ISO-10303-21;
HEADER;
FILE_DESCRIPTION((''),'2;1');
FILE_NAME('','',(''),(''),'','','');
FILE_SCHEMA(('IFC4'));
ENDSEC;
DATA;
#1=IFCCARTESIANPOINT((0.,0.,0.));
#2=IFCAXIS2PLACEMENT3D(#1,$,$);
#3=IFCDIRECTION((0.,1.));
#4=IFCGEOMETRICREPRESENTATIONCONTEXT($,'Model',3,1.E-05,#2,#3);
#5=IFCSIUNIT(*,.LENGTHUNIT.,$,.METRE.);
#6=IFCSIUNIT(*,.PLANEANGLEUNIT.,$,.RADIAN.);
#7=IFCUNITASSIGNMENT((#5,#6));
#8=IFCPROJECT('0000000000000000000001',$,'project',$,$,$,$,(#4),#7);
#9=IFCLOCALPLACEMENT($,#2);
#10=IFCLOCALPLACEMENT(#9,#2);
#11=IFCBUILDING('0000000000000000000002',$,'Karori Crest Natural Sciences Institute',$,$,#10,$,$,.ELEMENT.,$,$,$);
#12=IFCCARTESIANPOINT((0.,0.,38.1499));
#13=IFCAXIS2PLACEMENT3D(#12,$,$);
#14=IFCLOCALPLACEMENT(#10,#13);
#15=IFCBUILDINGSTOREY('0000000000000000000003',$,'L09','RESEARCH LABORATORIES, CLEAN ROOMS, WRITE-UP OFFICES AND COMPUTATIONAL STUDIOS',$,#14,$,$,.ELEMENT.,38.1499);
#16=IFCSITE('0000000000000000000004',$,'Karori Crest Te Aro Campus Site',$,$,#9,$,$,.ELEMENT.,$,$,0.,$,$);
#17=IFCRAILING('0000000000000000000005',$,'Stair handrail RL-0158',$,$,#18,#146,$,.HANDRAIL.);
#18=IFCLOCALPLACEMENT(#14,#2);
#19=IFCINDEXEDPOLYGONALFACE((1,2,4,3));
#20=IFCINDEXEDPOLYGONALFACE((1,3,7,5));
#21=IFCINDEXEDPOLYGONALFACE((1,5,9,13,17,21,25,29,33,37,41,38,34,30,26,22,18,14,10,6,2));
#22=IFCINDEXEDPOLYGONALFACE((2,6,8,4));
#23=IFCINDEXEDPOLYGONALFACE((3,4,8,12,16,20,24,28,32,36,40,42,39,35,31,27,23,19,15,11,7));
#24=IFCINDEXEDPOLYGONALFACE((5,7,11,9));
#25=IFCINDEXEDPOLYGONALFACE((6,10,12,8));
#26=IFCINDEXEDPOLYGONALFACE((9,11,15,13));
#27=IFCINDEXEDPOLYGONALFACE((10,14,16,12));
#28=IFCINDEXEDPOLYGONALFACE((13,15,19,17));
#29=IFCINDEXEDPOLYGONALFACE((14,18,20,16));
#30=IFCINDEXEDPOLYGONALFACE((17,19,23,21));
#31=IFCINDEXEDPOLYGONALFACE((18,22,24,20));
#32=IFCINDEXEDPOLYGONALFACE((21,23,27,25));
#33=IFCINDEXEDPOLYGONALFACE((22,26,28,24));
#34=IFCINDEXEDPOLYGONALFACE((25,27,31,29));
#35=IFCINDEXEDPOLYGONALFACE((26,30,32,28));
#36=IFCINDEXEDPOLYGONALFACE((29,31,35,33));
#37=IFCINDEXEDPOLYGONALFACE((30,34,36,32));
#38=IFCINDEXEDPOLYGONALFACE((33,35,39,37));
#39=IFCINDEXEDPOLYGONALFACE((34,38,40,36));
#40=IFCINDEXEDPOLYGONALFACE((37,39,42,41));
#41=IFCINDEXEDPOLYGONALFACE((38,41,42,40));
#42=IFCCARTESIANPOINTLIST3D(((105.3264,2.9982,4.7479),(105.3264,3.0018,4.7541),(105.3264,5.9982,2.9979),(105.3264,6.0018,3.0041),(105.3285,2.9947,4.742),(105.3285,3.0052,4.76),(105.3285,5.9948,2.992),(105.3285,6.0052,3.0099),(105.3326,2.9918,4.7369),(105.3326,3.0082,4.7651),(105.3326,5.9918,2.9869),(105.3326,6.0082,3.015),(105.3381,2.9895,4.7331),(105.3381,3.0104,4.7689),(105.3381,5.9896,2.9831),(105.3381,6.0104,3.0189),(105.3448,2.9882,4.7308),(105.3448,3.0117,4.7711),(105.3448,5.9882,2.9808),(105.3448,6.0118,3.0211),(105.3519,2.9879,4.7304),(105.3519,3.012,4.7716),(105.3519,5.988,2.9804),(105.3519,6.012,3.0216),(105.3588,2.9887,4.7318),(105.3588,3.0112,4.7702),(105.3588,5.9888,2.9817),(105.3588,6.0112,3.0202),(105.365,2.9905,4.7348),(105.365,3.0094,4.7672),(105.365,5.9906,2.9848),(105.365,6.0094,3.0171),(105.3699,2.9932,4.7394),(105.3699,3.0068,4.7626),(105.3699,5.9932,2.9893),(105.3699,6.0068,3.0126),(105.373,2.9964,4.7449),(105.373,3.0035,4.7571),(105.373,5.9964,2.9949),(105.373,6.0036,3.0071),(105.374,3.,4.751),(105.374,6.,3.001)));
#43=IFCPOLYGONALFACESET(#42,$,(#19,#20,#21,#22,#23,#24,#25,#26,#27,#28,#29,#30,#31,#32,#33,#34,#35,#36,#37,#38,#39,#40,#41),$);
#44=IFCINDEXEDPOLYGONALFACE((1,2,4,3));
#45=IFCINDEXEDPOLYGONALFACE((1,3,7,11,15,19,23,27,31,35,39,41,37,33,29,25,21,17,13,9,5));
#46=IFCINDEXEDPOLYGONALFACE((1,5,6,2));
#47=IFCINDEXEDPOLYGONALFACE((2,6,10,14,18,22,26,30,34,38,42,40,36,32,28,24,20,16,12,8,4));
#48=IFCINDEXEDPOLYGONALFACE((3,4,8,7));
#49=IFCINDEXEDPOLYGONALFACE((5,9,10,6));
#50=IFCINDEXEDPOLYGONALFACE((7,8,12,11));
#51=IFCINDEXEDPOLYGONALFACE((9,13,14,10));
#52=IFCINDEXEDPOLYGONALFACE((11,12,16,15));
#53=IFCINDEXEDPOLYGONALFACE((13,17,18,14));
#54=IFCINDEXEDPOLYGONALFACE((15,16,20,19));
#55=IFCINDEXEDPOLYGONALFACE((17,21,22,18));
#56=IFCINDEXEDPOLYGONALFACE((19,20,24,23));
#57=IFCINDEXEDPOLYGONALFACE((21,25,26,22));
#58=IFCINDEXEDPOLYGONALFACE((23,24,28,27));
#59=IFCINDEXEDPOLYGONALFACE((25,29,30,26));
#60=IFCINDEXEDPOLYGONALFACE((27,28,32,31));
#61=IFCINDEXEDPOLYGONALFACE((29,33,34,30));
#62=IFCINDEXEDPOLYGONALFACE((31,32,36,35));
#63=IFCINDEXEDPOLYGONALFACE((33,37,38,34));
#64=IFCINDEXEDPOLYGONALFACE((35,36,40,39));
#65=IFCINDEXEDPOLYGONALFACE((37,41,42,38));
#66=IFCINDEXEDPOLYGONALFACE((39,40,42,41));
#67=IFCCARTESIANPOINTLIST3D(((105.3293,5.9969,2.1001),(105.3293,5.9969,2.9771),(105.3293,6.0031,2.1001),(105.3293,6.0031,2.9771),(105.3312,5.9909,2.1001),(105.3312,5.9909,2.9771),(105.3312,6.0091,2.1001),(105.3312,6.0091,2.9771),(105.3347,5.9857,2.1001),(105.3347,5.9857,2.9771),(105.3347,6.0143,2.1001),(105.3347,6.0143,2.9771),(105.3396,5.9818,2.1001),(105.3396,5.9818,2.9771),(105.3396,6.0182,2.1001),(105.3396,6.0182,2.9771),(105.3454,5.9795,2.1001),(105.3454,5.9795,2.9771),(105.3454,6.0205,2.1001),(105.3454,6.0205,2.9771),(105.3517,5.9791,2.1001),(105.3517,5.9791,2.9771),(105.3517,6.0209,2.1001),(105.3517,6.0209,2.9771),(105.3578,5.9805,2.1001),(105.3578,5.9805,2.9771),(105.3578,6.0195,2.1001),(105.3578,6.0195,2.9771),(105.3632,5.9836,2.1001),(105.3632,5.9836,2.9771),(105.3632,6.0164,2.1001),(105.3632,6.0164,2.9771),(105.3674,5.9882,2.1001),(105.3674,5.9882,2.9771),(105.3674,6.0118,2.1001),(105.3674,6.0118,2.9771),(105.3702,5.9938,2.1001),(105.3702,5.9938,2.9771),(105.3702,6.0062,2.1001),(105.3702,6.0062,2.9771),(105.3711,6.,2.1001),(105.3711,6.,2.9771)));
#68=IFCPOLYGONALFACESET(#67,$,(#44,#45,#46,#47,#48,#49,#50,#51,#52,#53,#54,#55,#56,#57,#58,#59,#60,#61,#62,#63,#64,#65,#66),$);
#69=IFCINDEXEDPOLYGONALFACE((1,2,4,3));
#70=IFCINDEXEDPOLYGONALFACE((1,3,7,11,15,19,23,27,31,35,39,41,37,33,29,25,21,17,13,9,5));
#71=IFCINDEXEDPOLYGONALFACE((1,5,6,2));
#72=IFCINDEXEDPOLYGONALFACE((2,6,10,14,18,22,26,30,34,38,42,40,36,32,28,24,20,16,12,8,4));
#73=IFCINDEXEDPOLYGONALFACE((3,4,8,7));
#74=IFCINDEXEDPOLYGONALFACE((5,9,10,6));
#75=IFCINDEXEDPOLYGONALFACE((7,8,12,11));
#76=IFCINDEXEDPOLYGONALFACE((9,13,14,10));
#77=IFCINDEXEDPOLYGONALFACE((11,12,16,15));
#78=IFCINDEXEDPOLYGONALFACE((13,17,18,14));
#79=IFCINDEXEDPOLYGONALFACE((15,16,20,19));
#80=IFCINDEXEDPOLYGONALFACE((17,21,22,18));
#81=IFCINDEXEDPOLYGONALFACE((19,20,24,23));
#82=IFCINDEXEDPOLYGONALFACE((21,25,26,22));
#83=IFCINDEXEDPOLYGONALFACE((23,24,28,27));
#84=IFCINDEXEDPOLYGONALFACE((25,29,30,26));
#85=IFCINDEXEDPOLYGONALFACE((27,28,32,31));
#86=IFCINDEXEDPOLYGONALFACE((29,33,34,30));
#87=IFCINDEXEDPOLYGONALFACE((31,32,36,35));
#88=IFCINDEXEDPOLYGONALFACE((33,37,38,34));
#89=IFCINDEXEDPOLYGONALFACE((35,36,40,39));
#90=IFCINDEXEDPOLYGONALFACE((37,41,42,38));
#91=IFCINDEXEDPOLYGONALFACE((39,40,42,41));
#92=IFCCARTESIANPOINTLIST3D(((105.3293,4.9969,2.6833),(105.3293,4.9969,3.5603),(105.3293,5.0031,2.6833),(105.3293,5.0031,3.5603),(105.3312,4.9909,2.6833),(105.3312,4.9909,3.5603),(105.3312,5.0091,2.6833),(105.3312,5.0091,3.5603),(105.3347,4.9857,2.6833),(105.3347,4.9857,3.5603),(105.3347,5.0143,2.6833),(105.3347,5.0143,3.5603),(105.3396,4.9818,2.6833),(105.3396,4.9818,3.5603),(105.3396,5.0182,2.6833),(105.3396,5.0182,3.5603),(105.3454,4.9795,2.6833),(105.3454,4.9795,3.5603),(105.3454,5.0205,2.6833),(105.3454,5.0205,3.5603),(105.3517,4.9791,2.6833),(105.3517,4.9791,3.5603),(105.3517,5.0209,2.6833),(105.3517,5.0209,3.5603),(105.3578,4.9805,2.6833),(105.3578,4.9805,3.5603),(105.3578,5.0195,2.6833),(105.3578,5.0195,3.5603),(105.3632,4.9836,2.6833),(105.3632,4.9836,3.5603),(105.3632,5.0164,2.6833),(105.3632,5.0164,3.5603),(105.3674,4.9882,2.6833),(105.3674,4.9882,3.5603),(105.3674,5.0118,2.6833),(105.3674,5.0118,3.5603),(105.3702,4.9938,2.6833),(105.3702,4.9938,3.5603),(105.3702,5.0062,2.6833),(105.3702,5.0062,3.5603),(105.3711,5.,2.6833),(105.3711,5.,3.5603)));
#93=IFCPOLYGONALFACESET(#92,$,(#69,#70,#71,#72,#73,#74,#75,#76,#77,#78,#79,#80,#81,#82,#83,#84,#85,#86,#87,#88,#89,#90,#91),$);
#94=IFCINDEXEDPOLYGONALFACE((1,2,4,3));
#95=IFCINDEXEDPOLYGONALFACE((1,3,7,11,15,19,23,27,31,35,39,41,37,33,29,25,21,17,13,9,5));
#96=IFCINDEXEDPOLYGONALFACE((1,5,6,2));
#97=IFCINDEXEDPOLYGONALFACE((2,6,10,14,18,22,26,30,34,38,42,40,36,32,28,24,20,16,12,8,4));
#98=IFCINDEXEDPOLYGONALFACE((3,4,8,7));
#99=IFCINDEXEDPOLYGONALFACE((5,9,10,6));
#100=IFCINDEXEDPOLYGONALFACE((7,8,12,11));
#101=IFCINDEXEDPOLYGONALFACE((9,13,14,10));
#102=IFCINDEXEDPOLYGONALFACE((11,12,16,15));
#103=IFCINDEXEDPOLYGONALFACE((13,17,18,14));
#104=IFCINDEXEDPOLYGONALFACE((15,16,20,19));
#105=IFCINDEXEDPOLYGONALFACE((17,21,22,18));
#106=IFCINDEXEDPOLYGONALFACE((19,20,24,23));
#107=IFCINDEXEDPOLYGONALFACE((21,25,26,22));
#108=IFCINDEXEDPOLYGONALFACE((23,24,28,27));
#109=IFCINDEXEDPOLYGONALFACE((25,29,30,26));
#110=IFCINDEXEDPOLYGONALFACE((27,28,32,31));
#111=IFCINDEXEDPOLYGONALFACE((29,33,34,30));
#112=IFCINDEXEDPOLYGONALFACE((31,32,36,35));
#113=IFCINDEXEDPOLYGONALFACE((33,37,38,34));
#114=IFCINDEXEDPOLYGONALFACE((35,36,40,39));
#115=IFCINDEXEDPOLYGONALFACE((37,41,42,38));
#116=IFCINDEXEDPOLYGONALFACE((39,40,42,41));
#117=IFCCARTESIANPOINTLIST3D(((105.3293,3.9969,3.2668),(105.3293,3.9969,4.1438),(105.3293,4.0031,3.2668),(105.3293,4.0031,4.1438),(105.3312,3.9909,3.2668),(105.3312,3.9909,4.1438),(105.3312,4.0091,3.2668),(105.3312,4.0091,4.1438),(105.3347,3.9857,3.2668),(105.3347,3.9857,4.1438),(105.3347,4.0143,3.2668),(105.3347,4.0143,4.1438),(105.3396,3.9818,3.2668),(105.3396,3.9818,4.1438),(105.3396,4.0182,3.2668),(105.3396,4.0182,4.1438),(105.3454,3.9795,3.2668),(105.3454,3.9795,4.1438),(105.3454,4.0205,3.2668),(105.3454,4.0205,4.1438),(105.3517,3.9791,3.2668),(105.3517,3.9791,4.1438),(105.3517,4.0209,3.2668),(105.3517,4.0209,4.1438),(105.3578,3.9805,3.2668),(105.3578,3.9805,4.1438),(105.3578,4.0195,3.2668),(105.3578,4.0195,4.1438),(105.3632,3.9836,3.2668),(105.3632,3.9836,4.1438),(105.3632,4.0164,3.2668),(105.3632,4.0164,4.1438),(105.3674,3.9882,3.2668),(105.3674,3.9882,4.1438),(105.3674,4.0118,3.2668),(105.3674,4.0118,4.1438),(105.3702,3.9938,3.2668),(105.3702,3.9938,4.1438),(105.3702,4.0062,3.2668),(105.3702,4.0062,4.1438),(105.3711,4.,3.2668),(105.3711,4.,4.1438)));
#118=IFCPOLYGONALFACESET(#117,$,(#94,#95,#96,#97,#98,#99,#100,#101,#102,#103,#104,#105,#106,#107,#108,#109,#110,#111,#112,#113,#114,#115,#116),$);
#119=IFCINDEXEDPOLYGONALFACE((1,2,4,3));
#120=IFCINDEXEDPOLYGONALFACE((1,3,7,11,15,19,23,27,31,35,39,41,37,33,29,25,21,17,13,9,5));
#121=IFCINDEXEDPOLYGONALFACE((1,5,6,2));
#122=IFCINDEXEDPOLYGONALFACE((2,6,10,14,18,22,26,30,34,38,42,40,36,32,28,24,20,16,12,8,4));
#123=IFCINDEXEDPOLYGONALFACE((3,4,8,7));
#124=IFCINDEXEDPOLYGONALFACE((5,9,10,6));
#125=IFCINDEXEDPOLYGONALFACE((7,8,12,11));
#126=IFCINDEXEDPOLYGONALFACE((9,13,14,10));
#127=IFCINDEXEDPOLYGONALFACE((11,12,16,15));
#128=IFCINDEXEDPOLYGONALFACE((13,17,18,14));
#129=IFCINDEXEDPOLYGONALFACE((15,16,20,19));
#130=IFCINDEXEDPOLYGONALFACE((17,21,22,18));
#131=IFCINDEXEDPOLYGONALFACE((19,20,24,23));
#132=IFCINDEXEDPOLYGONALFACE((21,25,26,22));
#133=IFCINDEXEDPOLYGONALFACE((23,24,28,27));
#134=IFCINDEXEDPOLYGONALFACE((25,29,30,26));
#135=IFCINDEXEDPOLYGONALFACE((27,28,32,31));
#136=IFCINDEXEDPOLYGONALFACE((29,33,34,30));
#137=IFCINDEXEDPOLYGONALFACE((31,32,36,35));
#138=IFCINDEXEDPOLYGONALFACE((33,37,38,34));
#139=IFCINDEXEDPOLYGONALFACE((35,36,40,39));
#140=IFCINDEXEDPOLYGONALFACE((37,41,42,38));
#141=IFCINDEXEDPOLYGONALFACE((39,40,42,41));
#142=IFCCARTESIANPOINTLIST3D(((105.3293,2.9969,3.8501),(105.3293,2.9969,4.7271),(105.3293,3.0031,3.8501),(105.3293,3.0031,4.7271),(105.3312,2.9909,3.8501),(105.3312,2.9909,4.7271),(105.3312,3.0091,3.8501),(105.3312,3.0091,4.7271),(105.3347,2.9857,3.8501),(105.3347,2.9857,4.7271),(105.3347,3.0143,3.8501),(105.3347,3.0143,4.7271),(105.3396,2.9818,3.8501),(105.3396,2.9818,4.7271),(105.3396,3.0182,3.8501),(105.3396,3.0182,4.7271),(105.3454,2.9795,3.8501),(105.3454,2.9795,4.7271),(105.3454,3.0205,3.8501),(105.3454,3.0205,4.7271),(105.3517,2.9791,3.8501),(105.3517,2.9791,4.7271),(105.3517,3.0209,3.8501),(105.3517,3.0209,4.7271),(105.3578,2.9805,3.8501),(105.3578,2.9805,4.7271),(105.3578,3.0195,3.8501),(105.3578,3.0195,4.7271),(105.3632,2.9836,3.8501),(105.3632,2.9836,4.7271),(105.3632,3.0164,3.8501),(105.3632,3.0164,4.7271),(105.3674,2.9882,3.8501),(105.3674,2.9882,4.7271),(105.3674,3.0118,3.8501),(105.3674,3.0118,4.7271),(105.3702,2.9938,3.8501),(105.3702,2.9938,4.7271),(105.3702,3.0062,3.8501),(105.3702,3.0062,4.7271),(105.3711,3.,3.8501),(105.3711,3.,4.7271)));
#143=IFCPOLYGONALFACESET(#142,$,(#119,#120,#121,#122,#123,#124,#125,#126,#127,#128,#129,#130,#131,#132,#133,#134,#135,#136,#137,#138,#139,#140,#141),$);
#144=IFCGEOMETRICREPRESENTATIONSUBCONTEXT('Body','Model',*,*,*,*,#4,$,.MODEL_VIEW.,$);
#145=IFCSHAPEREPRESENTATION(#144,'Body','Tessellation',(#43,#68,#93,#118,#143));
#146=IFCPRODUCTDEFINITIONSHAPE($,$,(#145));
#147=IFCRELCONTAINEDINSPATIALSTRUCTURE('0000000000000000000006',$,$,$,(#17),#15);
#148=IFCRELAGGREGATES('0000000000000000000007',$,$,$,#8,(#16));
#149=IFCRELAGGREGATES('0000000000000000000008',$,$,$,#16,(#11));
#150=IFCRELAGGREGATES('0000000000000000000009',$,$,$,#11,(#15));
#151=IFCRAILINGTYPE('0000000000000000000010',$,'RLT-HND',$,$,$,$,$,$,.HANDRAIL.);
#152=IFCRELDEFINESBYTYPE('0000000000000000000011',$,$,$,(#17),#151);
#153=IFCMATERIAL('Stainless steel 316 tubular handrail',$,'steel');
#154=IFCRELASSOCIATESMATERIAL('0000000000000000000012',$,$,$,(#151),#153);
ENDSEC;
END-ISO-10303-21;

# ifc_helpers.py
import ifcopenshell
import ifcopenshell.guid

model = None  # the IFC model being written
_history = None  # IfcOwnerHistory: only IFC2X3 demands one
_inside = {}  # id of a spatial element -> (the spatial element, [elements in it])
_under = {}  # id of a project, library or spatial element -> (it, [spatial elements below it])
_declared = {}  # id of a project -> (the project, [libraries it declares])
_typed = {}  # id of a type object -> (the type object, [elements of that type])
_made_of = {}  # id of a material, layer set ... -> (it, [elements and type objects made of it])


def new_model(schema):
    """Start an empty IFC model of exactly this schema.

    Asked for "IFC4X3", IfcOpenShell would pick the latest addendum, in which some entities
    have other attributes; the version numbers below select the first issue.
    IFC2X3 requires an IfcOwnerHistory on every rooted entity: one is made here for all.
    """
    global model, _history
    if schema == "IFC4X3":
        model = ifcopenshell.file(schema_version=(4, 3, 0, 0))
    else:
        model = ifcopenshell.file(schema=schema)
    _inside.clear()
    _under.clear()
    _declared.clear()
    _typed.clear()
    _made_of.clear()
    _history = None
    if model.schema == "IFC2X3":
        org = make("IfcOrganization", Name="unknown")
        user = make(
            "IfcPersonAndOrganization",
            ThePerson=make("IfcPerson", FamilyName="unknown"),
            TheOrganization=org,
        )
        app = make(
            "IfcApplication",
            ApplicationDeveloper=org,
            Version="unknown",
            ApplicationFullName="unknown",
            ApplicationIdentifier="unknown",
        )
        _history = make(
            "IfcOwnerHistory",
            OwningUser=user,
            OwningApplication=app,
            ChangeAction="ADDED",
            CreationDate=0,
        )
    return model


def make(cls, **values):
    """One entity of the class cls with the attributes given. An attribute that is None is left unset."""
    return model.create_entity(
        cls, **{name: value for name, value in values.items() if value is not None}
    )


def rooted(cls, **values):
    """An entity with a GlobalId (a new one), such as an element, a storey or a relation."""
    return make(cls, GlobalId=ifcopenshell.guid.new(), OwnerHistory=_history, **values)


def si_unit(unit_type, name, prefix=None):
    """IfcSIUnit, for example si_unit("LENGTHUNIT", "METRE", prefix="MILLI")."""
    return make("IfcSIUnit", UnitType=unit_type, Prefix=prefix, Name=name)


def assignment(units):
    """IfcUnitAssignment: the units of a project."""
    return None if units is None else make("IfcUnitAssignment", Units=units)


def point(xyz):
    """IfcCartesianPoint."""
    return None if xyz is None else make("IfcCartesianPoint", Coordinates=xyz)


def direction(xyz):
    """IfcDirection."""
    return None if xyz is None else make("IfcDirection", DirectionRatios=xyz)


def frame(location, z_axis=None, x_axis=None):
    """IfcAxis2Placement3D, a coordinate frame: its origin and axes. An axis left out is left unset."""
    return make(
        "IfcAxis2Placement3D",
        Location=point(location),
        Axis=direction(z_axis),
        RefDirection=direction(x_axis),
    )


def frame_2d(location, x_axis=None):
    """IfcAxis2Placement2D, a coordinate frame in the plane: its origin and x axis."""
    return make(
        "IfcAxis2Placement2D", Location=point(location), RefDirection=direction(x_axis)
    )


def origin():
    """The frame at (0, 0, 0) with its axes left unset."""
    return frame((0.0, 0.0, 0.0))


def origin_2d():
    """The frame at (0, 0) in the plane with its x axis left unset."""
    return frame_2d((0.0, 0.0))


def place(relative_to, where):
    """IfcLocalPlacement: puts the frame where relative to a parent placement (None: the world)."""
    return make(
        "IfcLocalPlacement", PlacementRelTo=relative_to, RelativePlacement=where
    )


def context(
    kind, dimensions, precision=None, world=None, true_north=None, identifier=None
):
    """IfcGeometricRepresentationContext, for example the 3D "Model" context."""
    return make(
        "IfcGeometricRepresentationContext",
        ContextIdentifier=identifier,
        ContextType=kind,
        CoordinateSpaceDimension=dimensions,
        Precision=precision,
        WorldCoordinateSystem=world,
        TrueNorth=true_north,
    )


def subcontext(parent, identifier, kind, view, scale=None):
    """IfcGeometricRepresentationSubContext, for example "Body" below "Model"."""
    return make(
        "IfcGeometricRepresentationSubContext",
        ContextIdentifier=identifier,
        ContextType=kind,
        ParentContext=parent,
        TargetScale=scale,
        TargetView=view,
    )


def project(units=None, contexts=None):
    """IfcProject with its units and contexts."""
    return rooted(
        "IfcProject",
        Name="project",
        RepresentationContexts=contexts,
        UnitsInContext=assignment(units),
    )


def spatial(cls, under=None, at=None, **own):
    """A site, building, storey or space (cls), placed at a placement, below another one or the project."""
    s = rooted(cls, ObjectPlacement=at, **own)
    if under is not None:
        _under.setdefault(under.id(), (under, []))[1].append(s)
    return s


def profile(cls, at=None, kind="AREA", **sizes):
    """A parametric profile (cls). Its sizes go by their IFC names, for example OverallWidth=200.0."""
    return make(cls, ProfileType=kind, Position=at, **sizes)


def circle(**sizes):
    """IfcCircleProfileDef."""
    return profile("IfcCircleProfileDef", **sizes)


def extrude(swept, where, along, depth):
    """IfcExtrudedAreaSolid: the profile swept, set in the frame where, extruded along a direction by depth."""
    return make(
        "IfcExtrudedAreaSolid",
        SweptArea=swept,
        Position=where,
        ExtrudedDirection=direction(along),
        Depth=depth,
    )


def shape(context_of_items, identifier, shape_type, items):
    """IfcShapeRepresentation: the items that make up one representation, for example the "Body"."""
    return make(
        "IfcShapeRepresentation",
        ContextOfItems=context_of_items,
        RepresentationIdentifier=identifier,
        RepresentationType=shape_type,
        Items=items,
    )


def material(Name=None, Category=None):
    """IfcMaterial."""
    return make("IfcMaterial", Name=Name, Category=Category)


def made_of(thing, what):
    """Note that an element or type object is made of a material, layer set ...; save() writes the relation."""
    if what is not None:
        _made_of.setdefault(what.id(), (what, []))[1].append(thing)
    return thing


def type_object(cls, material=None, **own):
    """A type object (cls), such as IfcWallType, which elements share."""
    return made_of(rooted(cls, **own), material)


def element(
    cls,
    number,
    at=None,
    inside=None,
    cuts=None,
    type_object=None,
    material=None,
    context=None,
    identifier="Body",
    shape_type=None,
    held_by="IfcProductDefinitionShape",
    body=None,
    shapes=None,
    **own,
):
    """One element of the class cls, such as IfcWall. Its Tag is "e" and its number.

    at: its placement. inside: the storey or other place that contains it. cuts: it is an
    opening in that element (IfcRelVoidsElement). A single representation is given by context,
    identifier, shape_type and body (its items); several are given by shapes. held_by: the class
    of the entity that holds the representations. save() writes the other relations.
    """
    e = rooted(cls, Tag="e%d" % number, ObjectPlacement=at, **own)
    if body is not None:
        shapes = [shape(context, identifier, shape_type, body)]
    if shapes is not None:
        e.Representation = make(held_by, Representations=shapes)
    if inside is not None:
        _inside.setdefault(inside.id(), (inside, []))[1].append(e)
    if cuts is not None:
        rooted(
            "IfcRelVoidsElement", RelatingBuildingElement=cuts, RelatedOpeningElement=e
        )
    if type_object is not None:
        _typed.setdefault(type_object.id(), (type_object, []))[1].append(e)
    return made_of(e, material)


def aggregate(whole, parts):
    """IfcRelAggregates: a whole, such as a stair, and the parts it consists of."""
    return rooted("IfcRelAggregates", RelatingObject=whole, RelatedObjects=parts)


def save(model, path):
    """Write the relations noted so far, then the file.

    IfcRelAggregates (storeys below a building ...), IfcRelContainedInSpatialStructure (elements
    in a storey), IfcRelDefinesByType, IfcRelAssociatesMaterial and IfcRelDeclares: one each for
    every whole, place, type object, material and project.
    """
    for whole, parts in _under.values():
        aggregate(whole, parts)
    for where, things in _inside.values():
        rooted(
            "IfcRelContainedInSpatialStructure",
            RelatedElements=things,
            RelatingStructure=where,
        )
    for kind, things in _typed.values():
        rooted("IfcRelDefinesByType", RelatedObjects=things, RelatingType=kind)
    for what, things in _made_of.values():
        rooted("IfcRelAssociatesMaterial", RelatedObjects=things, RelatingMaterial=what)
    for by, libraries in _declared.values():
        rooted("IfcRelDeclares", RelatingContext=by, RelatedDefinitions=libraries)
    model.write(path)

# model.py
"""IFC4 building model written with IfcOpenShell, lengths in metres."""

from ifc_helpers import new_model, si_unit, direction, frame, origin, origin_2d, place, context, subcontext, project, spatial, circle, extrude, material, type_object, element, save


model = new_model("IFC4")

# Units and contexts
model_context = context("Model", 3, precision=1e-05, world=origin(), true_north=direction((0.0, 1.0)))
body_context = subcontext(model_context, "Body", "Model", "MODEL_VIEW")
ifc_project = project(units=[si_unit("LENGTHUNIT", "METRE"), si_unit("PLANEANGLEUNIT", "RADIAN")], contexts=[model_context])

# Site, building, storey
site_placement = place(None, origin())
site = spatial("IfcSite", under=ifc_project, at=site_placement, Name="Karori Crest Te Aro Campus Site", CompositionType="ELEMENT", RefElevation=0.0)
building_placement = place(site_placement, origin())
building = spatial("IfcBuilding", under=site, at=building_placement, Name="Karori Crest Natural Sciences Institute", CompositionType="ELEMENT")
storey_placement = place(building_placement, frame((0.0, 0.0, 38.1499)))
storey = spatial("IfcBuildingStorey", under=building, at=storey_placement, Name="L09", Description="RESEARCH LABORATORIES, CLEAN ROOMS, WRITE-UP OFFICES AND COMPUTATIONAL STUDIOS", CompositionType="ELEMENT", Elevation=38.1499)

# Railing
ifc_material_1 = material(Name="Stainless steel 316 tubular handrail", Category="steel")
railing_type_1 = type_object("IfcRailingType", Name="RLT-HND", PredefinedType="HANDRAIL", material=ifc_material_1)
railing_1_placement = place(storey_placement, frame((105.3501, 6.0, 2.1001)))
element("IfcRailing", 1, at=railing_1_placement, inside=storey, type_object=railing_type_1, Name="Stair handrail RL-0158", PredefinedType="HANDRAIL", context=body_context, shape_type="SweptSolid", body=[
    extrude(circle(Radius=0.0239, at=origin_2d()), frame((0.0, 0.0, 0.9009), z_axis=(0.0, -0.863779, 0.503871), x_axis=(1.0, 0.0, 0.0)), (0.0, 0.0, 1.0), 3.4731),
    extrude(circle(Radius=0.021, at=origin_2d()), origin(), (0.0, 0.0, 1.0), 0.877),
    extrude(circle(Radius=0.021, at=origin_2d()), frame((0.0, -1.0, 0.5833)), (0.0, 0.0, 1.0), 0.877),
    extrude(circle(Radius=0.021, at=origin_2d()), frame((0.0, -2.0, 1.1667)), (0.0, 0.0, 1.0), 0.877),
    extrude(circle(Radius=0.021, at=origin_2d()), frame((0.0, -3.0, 1.75)), (0.0, 0.0, 1.0), 0.877),
])

save(model, "model.ifc")
